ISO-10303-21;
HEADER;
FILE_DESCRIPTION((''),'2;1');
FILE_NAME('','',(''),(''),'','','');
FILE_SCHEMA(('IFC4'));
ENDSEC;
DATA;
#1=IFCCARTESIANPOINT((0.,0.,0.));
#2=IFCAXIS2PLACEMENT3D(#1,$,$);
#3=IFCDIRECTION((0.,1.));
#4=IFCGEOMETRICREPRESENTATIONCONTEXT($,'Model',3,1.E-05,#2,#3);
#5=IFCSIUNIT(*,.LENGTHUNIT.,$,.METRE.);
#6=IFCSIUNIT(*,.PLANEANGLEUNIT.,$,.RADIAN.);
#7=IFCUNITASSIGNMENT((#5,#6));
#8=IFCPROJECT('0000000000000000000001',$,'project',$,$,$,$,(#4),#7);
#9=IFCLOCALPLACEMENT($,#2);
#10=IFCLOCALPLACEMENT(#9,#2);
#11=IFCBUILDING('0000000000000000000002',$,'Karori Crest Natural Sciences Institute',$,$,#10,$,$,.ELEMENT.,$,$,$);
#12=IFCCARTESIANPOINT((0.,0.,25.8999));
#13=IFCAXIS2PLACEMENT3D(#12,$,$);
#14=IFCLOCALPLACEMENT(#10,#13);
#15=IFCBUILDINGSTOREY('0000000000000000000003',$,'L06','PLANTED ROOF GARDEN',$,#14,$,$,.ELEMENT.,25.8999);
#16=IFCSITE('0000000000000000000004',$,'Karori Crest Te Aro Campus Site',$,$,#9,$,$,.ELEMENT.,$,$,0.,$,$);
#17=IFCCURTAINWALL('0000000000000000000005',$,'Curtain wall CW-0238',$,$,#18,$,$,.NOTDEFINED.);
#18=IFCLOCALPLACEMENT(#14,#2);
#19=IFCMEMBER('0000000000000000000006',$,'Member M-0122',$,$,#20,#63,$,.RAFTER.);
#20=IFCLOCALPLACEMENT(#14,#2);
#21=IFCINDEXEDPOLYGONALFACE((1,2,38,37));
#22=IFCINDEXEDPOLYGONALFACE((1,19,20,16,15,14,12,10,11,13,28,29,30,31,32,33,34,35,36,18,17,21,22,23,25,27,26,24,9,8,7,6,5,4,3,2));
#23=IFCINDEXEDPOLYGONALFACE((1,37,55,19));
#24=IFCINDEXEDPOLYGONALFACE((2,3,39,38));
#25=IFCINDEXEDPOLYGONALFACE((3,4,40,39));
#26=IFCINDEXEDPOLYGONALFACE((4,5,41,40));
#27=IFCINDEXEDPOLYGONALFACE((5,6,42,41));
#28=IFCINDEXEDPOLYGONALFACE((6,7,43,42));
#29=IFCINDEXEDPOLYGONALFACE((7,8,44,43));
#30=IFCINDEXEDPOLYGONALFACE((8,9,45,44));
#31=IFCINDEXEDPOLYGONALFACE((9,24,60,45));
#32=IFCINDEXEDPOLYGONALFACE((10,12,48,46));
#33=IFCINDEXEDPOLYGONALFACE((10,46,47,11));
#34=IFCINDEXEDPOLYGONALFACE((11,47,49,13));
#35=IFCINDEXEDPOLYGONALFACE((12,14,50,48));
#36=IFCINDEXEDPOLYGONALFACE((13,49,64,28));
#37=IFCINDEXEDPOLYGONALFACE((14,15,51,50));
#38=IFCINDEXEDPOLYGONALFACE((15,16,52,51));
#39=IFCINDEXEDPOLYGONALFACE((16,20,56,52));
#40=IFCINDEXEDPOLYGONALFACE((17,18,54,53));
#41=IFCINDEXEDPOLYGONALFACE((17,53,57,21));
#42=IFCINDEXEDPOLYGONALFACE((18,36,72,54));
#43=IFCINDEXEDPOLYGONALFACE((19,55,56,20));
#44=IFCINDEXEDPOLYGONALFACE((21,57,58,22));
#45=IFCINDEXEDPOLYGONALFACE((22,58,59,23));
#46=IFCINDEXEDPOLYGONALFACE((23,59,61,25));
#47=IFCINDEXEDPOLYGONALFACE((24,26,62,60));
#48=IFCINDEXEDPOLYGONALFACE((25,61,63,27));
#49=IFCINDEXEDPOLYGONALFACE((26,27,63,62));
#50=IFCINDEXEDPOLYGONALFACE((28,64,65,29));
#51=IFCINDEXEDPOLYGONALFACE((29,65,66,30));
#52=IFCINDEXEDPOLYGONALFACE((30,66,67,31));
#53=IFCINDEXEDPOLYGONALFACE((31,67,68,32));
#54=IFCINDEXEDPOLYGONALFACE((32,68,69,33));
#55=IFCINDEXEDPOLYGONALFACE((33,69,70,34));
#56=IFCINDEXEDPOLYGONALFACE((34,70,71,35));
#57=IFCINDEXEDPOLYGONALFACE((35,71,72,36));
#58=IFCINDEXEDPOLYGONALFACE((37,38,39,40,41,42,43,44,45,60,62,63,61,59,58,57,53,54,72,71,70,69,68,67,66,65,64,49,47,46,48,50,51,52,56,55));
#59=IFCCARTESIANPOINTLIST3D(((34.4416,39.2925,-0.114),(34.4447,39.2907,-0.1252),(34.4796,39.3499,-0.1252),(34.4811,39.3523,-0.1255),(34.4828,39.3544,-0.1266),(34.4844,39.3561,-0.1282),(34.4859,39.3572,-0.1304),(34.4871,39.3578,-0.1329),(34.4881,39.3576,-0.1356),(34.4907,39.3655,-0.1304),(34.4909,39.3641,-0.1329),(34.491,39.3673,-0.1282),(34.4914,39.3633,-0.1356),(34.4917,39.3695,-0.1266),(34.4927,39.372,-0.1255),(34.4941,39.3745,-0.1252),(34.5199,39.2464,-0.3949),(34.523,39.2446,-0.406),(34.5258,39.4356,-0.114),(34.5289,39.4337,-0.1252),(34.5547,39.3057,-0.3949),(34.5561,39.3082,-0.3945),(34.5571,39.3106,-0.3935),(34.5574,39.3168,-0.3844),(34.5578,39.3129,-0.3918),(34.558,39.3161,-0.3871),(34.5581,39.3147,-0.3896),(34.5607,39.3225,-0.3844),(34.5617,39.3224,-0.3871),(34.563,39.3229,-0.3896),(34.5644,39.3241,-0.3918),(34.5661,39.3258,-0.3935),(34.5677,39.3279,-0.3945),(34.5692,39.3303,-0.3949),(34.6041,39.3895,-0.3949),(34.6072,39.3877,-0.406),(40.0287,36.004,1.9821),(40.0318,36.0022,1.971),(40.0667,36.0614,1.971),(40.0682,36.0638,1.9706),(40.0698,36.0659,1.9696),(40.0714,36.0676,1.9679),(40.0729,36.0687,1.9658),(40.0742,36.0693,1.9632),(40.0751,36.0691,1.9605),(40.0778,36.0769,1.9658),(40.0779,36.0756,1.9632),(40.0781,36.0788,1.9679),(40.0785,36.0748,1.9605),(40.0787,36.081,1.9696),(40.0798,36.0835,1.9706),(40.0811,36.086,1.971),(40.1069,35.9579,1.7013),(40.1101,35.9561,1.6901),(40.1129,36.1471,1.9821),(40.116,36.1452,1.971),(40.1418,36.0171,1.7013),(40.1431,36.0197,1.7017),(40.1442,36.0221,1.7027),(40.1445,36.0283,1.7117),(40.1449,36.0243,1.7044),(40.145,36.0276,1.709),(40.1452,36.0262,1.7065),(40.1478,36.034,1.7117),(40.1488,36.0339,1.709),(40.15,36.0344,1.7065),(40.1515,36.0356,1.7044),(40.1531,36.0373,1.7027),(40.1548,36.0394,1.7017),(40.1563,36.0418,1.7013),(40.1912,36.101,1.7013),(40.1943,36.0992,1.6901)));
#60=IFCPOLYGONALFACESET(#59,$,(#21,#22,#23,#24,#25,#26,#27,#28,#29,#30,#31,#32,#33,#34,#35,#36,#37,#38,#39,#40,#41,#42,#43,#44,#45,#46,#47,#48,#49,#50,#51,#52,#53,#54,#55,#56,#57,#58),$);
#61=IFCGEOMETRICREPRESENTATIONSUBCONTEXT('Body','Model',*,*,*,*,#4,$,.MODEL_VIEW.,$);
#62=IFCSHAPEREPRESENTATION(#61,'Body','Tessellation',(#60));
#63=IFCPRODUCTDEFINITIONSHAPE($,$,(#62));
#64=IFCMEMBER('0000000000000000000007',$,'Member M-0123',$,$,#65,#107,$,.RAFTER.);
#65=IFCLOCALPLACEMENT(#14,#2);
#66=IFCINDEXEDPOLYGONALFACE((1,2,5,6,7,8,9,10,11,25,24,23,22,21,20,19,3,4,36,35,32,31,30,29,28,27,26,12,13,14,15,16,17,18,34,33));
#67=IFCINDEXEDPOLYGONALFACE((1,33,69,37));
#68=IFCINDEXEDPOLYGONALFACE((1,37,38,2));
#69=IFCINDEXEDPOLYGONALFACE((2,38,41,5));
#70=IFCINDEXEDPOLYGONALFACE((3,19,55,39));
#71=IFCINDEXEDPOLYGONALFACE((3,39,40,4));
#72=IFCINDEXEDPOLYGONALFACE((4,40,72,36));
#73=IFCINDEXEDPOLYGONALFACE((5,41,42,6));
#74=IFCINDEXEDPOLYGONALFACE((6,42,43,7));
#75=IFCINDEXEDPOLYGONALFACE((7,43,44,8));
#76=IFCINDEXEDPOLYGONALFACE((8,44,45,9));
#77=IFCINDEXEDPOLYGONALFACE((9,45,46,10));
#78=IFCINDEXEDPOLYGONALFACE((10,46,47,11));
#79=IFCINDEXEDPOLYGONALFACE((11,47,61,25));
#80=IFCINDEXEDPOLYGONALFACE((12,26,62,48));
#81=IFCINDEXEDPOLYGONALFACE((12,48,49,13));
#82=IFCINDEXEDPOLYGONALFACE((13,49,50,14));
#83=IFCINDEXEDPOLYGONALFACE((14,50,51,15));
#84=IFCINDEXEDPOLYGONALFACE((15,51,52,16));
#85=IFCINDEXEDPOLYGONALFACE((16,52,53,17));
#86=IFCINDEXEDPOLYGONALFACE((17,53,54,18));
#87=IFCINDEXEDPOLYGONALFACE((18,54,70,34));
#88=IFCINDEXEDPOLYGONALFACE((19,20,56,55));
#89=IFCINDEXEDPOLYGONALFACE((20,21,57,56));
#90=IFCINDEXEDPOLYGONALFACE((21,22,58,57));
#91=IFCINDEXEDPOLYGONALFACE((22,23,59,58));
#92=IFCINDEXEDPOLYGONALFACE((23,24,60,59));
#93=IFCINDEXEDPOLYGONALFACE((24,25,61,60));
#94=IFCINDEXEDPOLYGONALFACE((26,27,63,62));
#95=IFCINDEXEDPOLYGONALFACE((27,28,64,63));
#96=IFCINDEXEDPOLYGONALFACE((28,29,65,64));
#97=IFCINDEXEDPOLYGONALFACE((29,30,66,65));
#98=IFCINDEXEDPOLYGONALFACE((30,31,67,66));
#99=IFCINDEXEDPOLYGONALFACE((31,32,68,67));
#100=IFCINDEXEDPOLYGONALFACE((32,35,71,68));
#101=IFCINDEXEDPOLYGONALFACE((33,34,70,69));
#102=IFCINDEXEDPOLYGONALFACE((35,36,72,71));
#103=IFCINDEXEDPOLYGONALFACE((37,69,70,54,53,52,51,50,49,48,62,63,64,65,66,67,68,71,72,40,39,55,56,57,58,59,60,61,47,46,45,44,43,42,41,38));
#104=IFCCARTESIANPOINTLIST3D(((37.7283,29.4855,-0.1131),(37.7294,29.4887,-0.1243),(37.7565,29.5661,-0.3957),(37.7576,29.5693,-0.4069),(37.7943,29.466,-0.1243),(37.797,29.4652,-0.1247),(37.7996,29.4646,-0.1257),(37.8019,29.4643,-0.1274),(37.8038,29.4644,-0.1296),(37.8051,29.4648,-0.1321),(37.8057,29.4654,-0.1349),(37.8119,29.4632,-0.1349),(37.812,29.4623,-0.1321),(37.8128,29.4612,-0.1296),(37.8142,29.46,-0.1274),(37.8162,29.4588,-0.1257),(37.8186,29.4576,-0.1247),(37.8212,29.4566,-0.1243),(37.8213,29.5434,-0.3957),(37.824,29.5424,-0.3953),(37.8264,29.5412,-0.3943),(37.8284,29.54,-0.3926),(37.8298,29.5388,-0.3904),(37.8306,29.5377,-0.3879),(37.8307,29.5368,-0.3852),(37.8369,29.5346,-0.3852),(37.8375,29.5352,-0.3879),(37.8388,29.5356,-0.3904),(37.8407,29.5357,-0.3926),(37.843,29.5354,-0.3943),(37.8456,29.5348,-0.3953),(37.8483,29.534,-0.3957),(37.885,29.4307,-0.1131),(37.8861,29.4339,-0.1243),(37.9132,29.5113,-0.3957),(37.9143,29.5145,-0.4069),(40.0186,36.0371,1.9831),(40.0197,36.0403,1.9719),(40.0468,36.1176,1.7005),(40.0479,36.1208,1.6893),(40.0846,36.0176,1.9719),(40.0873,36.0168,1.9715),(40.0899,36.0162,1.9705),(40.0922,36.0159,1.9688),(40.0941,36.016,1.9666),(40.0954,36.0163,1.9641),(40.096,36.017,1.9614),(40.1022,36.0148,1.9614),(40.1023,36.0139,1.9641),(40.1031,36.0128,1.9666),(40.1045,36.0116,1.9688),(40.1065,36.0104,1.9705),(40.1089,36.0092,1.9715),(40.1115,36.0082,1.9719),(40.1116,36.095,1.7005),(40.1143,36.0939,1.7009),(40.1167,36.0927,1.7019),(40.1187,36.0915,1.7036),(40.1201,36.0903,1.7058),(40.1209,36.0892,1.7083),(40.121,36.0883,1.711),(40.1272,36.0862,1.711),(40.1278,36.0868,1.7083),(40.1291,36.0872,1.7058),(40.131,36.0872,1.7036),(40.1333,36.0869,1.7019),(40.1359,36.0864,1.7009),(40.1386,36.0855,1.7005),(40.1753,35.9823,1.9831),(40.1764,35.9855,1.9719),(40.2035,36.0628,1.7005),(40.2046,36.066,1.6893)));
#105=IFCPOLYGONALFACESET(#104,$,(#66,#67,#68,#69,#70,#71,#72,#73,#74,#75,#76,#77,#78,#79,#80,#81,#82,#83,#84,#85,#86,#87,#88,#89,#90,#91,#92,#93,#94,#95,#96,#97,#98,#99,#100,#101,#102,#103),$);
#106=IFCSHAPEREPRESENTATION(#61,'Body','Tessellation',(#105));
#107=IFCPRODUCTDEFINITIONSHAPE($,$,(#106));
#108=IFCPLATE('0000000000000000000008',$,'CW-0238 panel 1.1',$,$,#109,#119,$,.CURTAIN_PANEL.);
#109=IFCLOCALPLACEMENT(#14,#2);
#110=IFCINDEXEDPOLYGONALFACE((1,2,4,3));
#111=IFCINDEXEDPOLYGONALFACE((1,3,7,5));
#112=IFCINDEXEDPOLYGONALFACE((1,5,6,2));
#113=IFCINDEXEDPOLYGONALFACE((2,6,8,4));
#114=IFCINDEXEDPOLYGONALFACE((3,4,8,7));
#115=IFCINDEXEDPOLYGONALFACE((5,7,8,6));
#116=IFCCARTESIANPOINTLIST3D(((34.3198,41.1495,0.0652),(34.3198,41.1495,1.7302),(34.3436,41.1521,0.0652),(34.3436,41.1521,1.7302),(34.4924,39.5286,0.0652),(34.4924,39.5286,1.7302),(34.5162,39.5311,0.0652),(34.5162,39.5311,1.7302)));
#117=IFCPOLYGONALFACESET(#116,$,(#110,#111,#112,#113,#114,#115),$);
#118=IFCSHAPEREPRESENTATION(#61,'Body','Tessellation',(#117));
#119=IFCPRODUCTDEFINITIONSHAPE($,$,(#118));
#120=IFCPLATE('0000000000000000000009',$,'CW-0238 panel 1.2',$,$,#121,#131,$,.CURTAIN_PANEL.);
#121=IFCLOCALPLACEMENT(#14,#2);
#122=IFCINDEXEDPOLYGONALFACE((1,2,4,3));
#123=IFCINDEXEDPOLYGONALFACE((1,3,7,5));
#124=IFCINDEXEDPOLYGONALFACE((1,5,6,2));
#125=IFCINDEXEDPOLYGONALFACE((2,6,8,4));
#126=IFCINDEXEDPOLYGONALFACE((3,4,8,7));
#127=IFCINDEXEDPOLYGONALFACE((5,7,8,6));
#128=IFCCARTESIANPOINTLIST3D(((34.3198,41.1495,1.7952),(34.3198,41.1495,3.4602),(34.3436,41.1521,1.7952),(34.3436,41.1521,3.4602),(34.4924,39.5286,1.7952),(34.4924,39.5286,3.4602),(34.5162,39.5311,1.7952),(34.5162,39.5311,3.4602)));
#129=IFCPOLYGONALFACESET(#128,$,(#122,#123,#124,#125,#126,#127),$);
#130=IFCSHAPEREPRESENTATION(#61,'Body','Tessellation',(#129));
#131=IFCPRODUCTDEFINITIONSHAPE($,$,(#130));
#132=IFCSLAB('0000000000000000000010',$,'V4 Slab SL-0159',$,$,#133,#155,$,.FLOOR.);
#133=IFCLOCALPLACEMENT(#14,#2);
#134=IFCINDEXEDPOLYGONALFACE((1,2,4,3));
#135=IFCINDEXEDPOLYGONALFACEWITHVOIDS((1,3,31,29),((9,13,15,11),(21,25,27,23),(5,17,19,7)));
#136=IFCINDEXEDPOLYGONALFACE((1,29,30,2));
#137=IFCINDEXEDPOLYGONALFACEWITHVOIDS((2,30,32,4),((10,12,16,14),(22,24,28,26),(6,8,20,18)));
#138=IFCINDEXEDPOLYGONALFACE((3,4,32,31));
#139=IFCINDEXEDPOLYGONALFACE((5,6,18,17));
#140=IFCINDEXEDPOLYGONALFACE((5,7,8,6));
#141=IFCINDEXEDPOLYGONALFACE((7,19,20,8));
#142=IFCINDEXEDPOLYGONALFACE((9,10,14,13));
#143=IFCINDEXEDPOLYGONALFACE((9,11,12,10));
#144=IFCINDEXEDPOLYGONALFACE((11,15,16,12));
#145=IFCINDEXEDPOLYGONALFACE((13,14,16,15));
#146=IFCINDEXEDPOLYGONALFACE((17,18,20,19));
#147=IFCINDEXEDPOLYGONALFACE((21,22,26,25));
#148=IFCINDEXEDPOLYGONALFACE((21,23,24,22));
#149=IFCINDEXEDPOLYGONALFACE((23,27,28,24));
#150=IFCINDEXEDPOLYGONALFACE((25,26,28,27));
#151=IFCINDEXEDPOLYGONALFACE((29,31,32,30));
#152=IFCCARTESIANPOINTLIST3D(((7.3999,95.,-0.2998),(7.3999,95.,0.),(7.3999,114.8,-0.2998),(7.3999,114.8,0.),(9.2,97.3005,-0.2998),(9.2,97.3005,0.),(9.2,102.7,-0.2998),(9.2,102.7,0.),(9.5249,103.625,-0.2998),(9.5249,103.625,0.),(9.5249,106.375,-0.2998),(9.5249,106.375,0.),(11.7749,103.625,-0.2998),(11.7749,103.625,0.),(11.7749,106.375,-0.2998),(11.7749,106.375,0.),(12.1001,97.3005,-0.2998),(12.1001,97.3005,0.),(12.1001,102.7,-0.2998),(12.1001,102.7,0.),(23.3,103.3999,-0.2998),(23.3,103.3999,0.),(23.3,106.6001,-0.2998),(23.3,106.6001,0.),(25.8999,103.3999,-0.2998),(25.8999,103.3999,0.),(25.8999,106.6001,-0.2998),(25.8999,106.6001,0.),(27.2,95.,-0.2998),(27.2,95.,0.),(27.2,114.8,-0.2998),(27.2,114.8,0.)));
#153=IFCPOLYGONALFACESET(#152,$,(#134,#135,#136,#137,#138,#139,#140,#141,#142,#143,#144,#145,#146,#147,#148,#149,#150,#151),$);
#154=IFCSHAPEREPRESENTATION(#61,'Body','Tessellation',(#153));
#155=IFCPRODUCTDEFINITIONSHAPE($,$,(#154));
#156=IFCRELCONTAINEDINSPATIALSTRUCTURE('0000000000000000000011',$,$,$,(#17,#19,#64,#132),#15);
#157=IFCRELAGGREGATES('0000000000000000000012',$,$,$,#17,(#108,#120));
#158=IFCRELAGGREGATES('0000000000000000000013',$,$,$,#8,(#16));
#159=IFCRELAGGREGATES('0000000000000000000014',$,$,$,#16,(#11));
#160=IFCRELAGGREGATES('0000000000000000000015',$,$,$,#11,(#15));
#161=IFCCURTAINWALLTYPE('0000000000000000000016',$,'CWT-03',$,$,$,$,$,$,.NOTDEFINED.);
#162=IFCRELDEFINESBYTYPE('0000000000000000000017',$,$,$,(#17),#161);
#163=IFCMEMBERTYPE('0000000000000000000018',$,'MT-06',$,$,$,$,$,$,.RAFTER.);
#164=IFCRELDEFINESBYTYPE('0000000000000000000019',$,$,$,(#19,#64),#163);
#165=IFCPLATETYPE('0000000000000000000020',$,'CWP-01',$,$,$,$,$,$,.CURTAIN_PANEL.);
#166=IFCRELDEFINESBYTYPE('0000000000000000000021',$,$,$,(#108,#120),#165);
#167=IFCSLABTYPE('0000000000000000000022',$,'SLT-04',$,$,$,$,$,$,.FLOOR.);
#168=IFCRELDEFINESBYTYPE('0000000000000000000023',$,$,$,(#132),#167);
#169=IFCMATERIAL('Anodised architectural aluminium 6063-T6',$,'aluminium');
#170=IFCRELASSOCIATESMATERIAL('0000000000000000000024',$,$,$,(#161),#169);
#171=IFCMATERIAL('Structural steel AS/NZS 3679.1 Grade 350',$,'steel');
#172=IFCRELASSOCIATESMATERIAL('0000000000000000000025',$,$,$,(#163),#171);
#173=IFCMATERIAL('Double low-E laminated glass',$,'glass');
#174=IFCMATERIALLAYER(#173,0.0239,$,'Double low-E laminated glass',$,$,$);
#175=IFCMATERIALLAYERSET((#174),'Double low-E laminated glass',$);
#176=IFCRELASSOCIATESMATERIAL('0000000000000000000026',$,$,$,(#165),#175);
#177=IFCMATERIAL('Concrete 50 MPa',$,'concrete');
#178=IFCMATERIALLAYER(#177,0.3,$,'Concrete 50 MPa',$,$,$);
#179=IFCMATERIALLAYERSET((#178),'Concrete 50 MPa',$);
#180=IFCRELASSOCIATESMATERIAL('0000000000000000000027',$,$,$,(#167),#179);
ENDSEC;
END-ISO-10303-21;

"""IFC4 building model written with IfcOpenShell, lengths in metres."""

from ifc_helpers import new_model, si_unit, direction, frame, origin, origin_2d, place, context, subcontext, project, spatial, polyline, rectangle, i_section, outline, extrude, material, layer, layer_set, material_profile, profile_set, type_object, element, aggregate, save


model = new_model("IFC4")

# Units and contexts
model_context = context("Model", 3, precision=1e-05, world=origin(), true_north=direction((0.0, 1.0)))
body_context = subcontext(model_context, "Body", "Model", "MODEL_VIEW")
ifc_project = project(units=[si_unit("LENGTHUNIT", "METRE"), si_unit("PLANEANGLEUNIT", "RADIAN")], contexts=[model_context])

# Site, building, storey
site_placement = place(None, origin())
site = spatial("IfcSite", under=ifc_project, at=site_placement, Name="Karori Crest Te Aro Campus Site", CompositionType="ELEMENT", RefElevation=0.0)
building_placement = place(site_placement, origin())
building = spatial("IfcBuilding", under=site, at=building_placement, Name="Karori Crest Natural Sciences Institute", CompositionType="ELEMENT")
storey_placement = place(building_placement, frame((0.0, 0.0, 25.8999)))
storey = spatial("IfcBuildingStorey", under=building, at=storey_placement, Name="L06", Description="PLANTED ROOF GARDEN", CompositionType="ELEMENT", Elevation=25.8999)

# Shared definitions
ifc_material_1 = material(Name="Structural steel AS/NZS 3679.1 Grade 350", Category="steel")

# Curtain wall
ifc_material_2 = material(Name="Anodised architectural aluminium 6063-T6", Category="aluminium")
curtain_wall_type = type_object("IfcCurtainWallType", Name="CWT-03", PredefinedType="NOTDEFINED", material=ifc_material_2)
curtain_wall_placement = place(storey_placement, origin())
curtain_wall = element("IfcCurtainWall", 1, at=curtain_wall_placement, inside=storey, type_object=curtain_wall_type, Name="Curtain wall CW-0238", PredefinedType="NOTDEFINED")

# Members
ifc_material_profile_1 = material_profile(ifc_material_1, i_section(OverallWidth=0.166, OverallDepth=0.3069, WebThickness=0.0066, FlangeThickness=0.0117, FilletRadius=0.011, at=origin_2d()), Name="310UB46.2")
ifc_profile_set_1 = profile_set([ifc_material_profile_1], Name="Structural steel AS/NZS 3679.1 Grade 350")
member_type_1 = type_object("IfcMemberType", Name="MT-06", PredefinedType="RAFTER", material=ifc_profile_set_1)
member_1_placement = place(storey_placement, frame((34.5244, 39.3401, -0.26), z_axis=(0.820002, -0.482649, 0.307648), x_axis=(0.507251, 0.861799, 0.0)))
element("IfcMember", 2, at=member_1_placement, inside=storey, type_object=member_type_1, Name="Member M-0122", PredefinedType="RAFTER", context=body_context, shape_type="SweptSolid", body=[
    extrude(i_section(OverallWidth=0.166, OverallDepth=0.3069, WebThickness=0.0066, FlangeThickness=0.0117, FilletRadius=0.011, at=origin_2d()), origin(), (0.0, 0.0, 1.0), 6.8135),
])
member_2_placement = place(storey_placement, frame((37.8213, 29.5, -0.26), z_axis=(0.315903, 0.903664, 0.289132), x_axis=(-0.943982, 0.329998, 0.0)))
element("IfcMember", 3, at=member_2_placement, inside=storey, type_object=member_type_1, Name="Member M-0123", PredefinedType="RAFTER", context=body_context, shape_type="SweptSolid", body=[
    extrude(i_section(OverallWidth=0.166, OverallDepth=0.3069, WebThickness=0.0066, FlangeThickness=0.0117, FilletRadius=0.011, at=origin_2d()), origin(), (0.0, 0.0, 1.0), 7.25),
])

# Plates
ifc_material_3 = material(Name="Double low-E laminated glass", Category="glass")
ifc_layer_1 = layer(ifc_material_3, 0.0239, Name="Double low-E laminated glass")
ifc_layer_set_1 = layer_set([ifc_layer_1], Name="Double low-E laminated glass")
plate_type = type_object("IfcPlateType", Name="CWP-01", PredefinedType="CURTAIN_PANEL", material=ifc_layer_set_1)
plate_1_placement = place(storey_placement, frame((34.418, 40.3403, 0.0652), z_axis=(0.0, 0.0, 1.0), x_axis=(-0.105884, 0.994378, 0.0)))
plate_1 = element("IfcPlate", 4, at=plate_1_placement, type_object=plate_type, Name="CW-0238 panel 1.1", PredefinedType="CURTAIN_PANEL", context=body_context, shape_type="SweptSolid", body=[
    extrude(rectangle(XDim=1.6301, YDim=0.0239, at=origin_2d()), origin(), (0.0, 0.0, 1.0), 1.665),
])
plate_2_placement = place(storey_placement, frame((34.418, 40.3403, 1.7952), z_axis=(0.0, 0.0, 1.0), x_axis=(-0.105884, 0.994378, 0.0)))
plate_2 = element("IfcPlate", 5, at=plate_2_placement, type_object=plate_type, Name="CW-0238 panel 1.2", PredefinedType="CURTAIN_PANEL", context=body_context, shape_type="SweptSolid", body=[
    extrude(rectangle(XDim=1.6301, YDim=0.0239, at=origin_2d()), origin(), (0.0, 0.0, 1.0), 1.665),
])
aggregate(curtain_wall, [plate_1, plate_2])

# Slab
ifc_material_4 = material(Name="Concrete 50 MPa", Category="concrete")
ifc_layer_2 = layer(ifc_material_4, 0.3, Name="Concrete 50 MPa")
ifc_layer_set_2 = layer_set([ifc_layer_2], Name="Concrete 50 MPa")
slab_type_1 = type_object("IfcSlabType", Name="SLT-04", PredefinedType="FLOOR", material=ifc_layer_set_2)
slab_1_placement = place(storey_placement, frame((0.0, 0.0, -0.2998)))
element("IfcSlab", 6, at=slab_1_placement, inside=storey, type_object=slab_type_1, Name="V4 Slab SL-0159", PredefinedType="FLOOR", context=body_context, shape_type="SweptSolid", body=[
    extrude(outline(polyline([(7.3999, 95.0), (27.2, 95.0), (27.2, 114.8), (7.3999, 114.8), (7.3999, 95.0)]), holes=[polyline([(12.1001, 97.3005), (9.2, 97.3005), (9.2, 102.7), (12.1001, 102.7), (12.1001, 97.3005)]), polyline([(9.5249, 106.375), (11.7749, 106.375), (11.7749, 103.625), (9.5249, 103.625), (9.5249, 106.375)]), polyline([(23.3, 106.6001), (25.8999, 106.6001), (25.8999, 103.3999), (23.3, 103.3999), (23.3, 106.6001)])]), origin(), (0.0, 0.0, 1.0), 0.2998),
])

save(model, "model.ifc")
